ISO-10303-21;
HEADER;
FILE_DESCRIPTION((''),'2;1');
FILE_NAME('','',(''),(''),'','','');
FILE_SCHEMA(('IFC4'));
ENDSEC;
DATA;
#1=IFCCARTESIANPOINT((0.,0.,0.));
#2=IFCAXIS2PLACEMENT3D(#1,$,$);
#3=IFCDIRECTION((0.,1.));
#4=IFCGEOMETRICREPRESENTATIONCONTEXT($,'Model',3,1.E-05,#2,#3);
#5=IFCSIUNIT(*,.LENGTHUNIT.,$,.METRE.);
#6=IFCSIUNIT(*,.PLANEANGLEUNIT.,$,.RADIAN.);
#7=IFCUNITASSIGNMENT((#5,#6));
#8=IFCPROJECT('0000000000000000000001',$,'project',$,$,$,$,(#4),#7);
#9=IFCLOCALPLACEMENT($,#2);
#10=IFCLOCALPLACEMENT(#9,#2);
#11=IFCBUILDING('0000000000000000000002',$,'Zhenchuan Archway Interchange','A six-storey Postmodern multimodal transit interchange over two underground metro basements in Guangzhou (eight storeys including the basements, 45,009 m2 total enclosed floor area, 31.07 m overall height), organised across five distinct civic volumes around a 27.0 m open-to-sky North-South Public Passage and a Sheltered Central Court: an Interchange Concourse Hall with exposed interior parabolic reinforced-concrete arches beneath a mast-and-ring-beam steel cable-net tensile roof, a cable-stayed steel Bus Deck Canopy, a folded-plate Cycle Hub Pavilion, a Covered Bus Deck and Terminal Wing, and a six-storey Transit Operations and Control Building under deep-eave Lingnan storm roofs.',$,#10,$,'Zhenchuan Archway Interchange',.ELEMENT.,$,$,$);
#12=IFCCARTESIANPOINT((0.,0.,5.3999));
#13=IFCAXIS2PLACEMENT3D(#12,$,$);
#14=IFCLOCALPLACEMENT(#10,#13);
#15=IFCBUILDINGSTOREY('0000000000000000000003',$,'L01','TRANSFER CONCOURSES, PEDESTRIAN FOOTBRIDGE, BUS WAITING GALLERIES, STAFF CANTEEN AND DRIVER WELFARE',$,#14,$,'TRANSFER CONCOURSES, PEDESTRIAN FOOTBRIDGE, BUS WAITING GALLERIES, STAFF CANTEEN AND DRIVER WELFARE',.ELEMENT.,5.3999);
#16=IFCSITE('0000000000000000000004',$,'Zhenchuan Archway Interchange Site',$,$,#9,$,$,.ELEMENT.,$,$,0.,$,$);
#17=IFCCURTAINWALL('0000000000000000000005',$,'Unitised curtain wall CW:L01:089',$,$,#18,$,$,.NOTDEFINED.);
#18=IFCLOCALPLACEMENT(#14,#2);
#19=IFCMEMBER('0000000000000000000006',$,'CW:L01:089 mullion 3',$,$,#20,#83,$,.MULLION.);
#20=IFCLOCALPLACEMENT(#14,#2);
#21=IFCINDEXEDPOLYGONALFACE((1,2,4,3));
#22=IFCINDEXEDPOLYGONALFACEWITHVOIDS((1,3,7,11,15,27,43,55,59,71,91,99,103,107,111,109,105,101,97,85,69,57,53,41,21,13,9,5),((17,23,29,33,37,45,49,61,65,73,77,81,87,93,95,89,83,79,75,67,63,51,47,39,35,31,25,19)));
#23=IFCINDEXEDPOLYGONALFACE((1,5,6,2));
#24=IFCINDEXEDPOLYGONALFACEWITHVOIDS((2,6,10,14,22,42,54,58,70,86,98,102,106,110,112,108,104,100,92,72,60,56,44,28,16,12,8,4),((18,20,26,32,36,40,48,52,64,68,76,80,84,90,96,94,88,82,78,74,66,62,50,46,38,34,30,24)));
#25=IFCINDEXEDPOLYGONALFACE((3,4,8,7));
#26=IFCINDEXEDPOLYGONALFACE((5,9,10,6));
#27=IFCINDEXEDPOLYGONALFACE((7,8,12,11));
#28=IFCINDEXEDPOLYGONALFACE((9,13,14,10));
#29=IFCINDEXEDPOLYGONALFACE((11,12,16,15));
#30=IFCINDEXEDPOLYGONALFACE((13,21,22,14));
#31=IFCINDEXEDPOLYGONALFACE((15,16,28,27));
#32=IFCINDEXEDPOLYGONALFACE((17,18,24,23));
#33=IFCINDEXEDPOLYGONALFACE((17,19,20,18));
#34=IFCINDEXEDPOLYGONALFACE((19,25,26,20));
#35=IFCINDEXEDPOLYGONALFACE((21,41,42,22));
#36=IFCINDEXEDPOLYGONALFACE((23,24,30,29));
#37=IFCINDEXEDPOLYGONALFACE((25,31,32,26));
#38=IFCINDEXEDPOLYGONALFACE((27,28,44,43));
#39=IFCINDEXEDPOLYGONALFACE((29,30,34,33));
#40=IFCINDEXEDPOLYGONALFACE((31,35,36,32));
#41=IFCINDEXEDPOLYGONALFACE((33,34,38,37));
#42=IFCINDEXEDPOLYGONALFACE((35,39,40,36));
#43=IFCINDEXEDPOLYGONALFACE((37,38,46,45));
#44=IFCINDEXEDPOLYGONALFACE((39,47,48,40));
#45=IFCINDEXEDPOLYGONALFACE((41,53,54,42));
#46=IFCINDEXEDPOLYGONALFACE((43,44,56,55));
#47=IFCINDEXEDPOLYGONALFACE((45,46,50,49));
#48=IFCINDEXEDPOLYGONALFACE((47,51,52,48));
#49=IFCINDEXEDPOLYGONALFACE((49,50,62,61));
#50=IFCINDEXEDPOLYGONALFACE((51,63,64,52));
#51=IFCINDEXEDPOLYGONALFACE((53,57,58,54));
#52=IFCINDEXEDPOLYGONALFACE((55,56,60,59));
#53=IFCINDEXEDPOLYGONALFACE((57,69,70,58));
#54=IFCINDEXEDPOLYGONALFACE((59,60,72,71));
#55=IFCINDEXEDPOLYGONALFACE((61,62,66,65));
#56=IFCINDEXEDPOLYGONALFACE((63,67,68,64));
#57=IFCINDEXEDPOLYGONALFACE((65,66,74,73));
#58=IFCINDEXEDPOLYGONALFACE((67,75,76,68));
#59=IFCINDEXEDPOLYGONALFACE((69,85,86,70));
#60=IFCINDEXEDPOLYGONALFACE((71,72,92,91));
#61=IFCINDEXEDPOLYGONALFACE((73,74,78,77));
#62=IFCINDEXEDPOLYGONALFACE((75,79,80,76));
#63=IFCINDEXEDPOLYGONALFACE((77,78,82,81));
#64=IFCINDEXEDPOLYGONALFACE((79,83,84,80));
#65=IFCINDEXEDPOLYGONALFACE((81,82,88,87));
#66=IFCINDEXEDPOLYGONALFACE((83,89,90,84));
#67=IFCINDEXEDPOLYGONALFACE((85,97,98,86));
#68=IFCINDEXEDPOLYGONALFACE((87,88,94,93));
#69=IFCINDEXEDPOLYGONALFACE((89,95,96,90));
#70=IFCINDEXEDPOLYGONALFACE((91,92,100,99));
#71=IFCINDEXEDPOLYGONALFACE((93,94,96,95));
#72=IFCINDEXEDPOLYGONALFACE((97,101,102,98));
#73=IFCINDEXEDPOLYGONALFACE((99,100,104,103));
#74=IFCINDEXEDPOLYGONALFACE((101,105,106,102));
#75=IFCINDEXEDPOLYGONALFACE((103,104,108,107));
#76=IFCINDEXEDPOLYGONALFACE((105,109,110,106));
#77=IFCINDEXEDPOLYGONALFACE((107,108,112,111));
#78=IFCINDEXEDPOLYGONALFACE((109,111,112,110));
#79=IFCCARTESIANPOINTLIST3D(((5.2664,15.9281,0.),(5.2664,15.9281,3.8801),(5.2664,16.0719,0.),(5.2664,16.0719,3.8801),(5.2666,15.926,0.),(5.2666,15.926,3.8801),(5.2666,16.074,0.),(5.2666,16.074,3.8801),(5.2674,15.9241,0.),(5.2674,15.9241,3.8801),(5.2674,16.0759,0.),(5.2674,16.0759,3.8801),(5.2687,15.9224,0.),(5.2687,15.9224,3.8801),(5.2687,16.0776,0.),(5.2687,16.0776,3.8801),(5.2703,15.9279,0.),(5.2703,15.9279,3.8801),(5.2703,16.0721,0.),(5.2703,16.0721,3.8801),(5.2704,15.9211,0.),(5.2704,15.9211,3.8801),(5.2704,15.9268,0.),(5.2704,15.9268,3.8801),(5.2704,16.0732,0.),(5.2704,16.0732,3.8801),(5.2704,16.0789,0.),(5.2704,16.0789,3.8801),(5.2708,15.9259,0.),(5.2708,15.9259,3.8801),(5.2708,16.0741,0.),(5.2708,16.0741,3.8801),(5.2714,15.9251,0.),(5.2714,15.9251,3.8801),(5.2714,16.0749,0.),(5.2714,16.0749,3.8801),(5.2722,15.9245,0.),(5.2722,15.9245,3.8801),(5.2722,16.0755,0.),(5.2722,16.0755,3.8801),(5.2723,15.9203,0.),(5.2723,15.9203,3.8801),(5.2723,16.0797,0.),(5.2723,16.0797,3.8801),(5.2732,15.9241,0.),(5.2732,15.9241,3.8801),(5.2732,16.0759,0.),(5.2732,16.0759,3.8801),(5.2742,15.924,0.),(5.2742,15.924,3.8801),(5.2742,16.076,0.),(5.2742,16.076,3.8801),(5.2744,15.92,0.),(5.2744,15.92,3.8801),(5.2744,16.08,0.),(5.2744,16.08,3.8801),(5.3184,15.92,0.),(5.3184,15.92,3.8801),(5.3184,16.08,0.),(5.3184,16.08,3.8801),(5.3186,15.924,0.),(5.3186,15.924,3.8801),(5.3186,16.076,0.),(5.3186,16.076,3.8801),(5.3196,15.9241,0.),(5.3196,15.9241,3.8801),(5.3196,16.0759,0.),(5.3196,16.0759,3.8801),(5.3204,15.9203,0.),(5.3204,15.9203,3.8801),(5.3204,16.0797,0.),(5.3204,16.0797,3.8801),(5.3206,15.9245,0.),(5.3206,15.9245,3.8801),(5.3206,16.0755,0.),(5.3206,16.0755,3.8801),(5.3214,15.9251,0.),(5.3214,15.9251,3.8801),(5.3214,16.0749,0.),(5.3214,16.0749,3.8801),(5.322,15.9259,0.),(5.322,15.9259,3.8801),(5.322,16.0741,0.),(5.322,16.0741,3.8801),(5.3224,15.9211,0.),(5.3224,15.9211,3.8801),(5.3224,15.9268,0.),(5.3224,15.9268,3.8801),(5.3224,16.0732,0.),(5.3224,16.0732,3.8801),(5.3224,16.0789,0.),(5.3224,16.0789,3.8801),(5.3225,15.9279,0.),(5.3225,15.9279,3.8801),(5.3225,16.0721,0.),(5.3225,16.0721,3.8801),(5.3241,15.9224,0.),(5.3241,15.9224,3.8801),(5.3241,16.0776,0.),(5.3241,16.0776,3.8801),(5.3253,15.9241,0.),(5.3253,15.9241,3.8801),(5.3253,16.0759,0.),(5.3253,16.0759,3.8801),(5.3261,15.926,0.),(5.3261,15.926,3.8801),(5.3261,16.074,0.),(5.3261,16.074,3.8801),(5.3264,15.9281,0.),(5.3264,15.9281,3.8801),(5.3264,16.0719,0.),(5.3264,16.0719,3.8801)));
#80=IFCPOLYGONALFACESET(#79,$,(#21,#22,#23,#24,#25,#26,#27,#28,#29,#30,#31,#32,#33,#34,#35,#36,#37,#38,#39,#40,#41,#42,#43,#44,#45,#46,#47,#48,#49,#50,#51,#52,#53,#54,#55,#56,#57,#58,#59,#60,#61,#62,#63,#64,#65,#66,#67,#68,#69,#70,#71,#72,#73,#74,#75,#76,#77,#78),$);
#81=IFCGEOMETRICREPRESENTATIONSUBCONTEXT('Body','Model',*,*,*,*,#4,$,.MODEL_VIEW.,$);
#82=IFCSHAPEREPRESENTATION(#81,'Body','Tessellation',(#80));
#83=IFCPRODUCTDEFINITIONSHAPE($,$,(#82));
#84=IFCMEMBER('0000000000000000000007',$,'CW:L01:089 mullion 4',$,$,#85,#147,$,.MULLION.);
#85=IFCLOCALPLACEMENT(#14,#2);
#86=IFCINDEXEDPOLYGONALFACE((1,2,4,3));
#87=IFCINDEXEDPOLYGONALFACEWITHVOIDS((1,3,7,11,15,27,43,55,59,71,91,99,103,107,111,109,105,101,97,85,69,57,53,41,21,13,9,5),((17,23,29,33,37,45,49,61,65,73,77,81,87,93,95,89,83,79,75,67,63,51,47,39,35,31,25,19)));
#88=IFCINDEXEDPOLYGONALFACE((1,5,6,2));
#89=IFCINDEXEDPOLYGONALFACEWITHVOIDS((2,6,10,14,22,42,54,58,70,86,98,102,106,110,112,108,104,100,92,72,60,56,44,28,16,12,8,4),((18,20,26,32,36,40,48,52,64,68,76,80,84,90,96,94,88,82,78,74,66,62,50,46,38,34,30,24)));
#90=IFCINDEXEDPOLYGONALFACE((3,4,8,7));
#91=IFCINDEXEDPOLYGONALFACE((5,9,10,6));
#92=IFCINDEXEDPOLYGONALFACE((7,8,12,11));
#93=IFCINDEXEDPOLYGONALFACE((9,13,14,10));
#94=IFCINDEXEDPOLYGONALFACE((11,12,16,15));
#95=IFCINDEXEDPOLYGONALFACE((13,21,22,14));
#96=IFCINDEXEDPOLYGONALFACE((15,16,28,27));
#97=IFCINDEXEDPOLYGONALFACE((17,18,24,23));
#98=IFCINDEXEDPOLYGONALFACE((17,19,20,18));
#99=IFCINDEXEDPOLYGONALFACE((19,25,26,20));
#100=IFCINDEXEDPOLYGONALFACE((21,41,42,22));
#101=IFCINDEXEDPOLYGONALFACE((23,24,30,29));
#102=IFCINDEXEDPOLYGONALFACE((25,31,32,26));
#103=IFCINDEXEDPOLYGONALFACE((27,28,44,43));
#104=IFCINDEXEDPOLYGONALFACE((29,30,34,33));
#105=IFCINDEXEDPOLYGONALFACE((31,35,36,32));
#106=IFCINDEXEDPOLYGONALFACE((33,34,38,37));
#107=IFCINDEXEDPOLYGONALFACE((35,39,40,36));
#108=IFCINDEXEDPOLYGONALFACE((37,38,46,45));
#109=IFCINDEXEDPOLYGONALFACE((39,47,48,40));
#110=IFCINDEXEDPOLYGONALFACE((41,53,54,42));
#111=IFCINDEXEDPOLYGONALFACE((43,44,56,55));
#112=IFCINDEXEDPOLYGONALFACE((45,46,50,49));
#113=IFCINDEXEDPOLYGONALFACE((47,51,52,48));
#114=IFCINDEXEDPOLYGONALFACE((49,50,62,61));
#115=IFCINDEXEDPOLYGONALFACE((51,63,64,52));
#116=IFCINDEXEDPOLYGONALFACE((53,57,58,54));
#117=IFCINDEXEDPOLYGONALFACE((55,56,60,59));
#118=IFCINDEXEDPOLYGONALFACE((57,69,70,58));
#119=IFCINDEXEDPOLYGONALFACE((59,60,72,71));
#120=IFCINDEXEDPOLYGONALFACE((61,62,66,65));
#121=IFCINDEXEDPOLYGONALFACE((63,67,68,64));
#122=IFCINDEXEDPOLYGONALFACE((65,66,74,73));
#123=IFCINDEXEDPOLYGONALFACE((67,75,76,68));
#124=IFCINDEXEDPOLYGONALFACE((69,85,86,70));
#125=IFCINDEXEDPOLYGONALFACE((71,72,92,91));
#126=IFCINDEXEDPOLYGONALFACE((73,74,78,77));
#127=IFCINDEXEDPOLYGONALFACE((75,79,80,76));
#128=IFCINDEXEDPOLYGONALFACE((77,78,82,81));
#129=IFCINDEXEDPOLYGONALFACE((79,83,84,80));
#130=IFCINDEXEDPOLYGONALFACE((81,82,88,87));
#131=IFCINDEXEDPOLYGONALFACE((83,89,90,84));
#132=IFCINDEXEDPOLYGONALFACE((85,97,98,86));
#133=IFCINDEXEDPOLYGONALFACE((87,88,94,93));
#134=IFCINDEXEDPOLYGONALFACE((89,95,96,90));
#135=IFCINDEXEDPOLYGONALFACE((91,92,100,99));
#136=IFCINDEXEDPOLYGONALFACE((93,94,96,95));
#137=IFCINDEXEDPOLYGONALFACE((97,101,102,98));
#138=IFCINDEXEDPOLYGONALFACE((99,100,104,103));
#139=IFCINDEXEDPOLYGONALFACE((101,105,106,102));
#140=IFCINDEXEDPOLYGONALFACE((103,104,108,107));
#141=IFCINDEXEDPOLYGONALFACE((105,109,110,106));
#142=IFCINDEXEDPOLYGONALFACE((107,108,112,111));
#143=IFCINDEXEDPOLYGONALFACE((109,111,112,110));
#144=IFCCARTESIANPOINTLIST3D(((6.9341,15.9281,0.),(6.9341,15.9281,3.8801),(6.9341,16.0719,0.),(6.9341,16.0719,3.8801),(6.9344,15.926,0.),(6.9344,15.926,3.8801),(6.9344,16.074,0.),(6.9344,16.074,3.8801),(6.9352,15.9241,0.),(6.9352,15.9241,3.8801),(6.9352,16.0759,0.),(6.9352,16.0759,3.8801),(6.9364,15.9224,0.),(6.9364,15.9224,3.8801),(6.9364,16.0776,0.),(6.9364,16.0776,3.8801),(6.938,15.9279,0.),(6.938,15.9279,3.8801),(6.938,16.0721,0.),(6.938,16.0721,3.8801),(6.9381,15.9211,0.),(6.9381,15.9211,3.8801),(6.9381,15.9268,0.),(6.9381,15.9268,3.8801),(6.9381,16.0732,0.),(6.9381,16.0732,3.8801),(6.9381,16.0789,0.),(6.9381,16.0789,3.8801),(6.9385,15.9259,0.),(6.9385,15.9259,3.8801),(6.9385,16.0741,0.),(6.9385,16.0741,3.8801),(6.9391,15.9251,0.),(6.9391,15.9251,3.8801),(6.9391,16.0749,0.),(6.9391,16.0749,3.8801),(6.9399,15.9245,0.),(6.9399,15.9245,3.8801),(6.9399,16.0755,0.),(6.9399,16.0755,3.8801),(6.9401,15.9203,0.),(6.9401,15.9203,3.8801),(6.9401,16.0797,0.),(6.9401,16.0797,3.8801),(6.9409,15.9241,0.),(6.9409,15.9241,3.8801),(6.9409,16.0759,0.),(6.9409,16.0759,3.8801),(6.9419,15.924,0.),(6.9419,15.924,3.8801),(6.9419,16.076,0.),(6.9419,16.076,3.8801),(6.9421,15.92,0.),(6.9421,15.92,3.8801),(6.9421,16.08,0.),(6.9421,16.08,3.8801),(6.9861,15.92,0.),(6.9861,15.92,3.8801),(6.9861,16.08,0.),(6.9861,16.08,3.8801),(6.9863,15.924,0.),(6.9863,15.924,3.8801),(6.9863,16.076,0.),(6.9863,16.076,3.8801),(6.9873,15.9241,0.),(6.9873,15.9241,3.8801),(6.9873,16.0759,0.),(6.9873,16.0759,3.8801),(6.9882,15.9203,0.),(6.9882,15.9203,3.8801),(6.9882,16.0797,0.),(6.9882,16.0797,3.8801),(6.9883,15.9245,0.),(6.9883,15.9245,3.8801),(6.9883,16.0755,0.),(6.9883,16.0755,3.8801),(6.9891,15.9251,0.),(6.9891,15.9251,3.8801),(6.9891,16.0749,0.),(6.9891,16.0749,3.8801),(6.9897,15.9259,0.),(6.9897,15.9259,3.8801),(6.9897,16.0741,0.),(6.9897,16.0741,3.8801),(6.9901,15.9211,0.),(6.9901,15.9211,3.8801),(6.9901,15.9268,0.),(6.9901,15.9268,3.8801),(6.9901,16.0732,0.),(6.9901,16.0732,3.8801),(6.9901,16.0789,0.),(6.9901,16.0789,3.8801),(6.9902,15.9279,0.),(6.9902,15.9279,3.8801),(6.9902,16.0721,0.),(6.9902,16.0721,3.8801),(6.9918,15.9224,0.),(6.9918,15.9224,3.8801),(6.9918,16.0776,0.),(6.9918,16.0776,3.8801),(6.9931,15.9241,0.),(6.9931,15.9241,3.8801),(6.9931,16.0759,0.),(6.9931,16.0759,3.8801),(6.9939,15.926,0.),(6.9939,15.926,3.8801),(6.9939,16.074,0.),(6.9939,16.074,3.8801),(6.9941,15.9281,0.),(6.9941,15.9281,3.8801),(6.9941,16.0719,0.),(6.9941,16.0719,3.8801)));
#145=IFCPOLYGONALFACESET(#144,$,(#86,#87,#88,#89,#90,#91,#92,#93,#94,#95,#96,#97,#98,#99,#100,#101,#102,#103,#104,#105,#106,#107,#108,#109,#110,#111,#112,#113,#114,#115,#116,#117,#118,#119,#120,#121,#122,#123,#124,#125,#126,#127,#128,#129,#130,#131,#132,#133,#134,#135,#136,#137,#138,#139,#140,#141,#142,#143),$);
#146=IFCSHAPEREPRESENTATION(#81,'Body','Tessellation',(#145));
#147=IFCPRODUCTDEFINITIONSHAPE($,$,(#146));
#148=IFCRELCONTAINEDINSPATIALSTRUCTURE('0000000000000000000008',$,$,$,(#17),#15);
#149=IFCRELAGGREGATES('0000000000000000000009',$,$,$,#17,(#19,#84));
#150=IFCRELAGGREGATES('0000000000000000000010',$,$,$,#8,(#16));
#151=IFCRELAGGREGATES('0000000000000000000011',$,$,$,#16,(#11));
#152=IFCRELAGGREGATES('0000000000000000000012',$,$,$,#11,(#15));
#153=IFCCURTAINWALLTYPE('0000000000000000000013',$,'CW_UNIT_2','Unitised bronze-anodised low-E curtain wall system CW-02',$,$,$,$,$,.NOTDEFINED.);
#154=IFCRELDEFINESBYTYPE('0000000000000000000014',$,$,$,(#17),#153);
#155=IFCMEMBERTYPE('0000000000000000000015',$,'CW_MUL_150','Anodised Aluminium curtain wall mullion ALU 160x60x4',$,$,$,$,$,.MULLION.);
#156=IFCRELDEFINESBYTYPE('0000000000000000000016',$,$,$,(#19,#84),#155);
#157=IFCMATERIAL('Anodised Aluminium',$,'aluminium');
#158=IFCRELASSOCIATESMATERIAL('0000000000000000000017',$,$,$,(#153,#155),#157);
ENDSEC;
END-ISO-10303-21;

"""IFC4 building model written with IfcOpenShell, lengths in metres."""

from ifc_helpers import new_model, si_unit, direction, frame, origin, origin_2d, place, context, subcontext, project, spatial, hollow_rectangle, extrude, material, material_profile, profile_set, type_object, element, aggregate, save


model = new_model("IFC4")

# Units and contexts
model_context = context("Model", 3, precision=1e-05, world=origin(), true_north=direction((0.0, 1.0)))
body_context = subcontext(model_context, "Body", "Model", "MODEL_VIEW")
ifc_project = project(units=[si_unit("LENGTHUNIT", "METRE"), si_unit("PLANEANGLEUNIT", "RADIAN")], contexts=[model_context])

# Site, building, storey
site_placement = place(None, origin())
site = spatial("IfcSite", under=ifc_project, at=site_placement, Name="Zhenchuan Archway Interchange Site", CompositionType="ELEMENT", RefElevation=0.0)
building_placement = place(site_placement, origin())
building = spatial("IfcBuilding", under=site, at=building_placement, Name="Zhenchuan Archway Interchange", Description="A six-storey Postmodern multimodal transit interchange over two underground metro basements in Guangzhou (eight storeys including the basements, 45,009 m2 total enclosed floor area, 31.07 m overall height), organised across five distinct civic volumes around a 27.0 m open-to-sky North-South Public Passage and a Sheltered Central Court: an Interchange Concourse Hall with exposed interior parabolic reinforced-concrete arches beneath a mast-and-ring-beam steel cable-net tensile roof, a cable-stayed steel Bus Deck Canopy, a folded-plate Cycle Hub Pavilion, a Covered Bus Deck and Terminal Wing, and a six-storey Transit Operations and Control Building under deep-eave Lingnan storm roofs.", LongName="Zhenchuan Archway Interchange", CompositionType="ELEMENT")
storey_placement = place(building_placement, frame((0.0, 0.0, 5.3999)))
storey = spatial("IfcBuildingStorey", under=building, at=storey_placement, Name="L01", Description="TRANSFER CONCOURSES, PEDESTRIAN FOOTBRIDGE, BUS WAITING GALLERIES, STAFF CANTEEN AND DRIVER WELFARE", LongName="TRANSFER CONCOURSES, PEDESTRIAN FOOTBRIDGE, BUS WAITING GALLERIES, STAFF CANTEEN AND DRIVER WELFARE", CompositionType="ELEMENT", Elevation=5.3999)

# Curtain wall, members
ifc_material_1 = material(Name="Anodised Aluminium", Category="aluminium")
curtain_wall_type = type_object("IfcCurtainWallType", Name="CW_UNIT_2", Description="Unitised bronze-anodised low-E curtain wall system CW-02", PredefinedType="NOTDEFINED", material=ifc_material_1)
curtain_wall_placement = place(storey_placement, origin())
curtain_wall = element("IfcCurtainWall", 1, at=curtain_wall_placement, inside=storey, type_object=curtain_wall_type, Name="Unitised curtain wall CW:L01:089", PredefinedType="NOTDEFINED")
ifc_material_profile_1 = material_profile(ifc_material_1, hollow_rectangle(XDim=0.0601, YDim=0.1599, WallThickness=0.0039, InnerFilletRadius=0.0039, OuterFilletRadius=0.0081, at=origin_2d()), Name="ALU 160x60x4")
ifc_profile_set_1 = profile_set([ifc_material_profile_1], Name="Anodised Aluminium")
member_type_1 = type_object("IfcMemberType", Name="CW_MUL_150", Description="Anodised Aluminium curtain wall mullion ALU 160x60x4", PredefinedType="MULLION", material=ifc_profile_set_1)
member_1_placement = place(storey_placement, frame((5.2964, 16.0, 0.0), z_axis=(0.0, 0.0, 1.0), x_axis=(1.0, 0.0, 0.0)))
member_1 = element("IfcMember", 2, at=member_1_placement, type_object=member_type_1, Name="CW:L01:089 mullion 3", PredefinedType="MULLION", context=body_context, shape_type="SweptSolid", body=[
    extrude(hollow_rectangle(XDim=0.0601, YDim=0.1599, WallThickness=0.0039, InnerFilletRadius=0.0039, OuterFilletRadius=0.0081, at=origin_2d()), origin(), (0.0, 0.0, 1.0), 3.8801),
])
member_2_placement = place(storey_placement, frame((6.9641, 16.0, 0.0), z_axis=(0.0, 0.0, 1.0), x_axis=(1.0, 0.0, 0.0)))
member_2 = element("IfcMember", 3, at=member_2_placement, type_object=member_type_1, Name="CW:L01:089 mullion 4", PredefinedType="MULLION", context=body_context, shape_type="SweptSolid", body=[
    extrude(hollow_rectangle(XDim=0.0601, YDim=0.1599, WallThickness=0.0039, InnerFilletRadius=0.0039, OuterFilletRadius=0.0081, at=origin_2d()), origin(), (0.0, 0.0, 1.0), 3.8801),
])

aggregate(curtain_wall, [member_1, member_2])

save(model, "model.ifc")
